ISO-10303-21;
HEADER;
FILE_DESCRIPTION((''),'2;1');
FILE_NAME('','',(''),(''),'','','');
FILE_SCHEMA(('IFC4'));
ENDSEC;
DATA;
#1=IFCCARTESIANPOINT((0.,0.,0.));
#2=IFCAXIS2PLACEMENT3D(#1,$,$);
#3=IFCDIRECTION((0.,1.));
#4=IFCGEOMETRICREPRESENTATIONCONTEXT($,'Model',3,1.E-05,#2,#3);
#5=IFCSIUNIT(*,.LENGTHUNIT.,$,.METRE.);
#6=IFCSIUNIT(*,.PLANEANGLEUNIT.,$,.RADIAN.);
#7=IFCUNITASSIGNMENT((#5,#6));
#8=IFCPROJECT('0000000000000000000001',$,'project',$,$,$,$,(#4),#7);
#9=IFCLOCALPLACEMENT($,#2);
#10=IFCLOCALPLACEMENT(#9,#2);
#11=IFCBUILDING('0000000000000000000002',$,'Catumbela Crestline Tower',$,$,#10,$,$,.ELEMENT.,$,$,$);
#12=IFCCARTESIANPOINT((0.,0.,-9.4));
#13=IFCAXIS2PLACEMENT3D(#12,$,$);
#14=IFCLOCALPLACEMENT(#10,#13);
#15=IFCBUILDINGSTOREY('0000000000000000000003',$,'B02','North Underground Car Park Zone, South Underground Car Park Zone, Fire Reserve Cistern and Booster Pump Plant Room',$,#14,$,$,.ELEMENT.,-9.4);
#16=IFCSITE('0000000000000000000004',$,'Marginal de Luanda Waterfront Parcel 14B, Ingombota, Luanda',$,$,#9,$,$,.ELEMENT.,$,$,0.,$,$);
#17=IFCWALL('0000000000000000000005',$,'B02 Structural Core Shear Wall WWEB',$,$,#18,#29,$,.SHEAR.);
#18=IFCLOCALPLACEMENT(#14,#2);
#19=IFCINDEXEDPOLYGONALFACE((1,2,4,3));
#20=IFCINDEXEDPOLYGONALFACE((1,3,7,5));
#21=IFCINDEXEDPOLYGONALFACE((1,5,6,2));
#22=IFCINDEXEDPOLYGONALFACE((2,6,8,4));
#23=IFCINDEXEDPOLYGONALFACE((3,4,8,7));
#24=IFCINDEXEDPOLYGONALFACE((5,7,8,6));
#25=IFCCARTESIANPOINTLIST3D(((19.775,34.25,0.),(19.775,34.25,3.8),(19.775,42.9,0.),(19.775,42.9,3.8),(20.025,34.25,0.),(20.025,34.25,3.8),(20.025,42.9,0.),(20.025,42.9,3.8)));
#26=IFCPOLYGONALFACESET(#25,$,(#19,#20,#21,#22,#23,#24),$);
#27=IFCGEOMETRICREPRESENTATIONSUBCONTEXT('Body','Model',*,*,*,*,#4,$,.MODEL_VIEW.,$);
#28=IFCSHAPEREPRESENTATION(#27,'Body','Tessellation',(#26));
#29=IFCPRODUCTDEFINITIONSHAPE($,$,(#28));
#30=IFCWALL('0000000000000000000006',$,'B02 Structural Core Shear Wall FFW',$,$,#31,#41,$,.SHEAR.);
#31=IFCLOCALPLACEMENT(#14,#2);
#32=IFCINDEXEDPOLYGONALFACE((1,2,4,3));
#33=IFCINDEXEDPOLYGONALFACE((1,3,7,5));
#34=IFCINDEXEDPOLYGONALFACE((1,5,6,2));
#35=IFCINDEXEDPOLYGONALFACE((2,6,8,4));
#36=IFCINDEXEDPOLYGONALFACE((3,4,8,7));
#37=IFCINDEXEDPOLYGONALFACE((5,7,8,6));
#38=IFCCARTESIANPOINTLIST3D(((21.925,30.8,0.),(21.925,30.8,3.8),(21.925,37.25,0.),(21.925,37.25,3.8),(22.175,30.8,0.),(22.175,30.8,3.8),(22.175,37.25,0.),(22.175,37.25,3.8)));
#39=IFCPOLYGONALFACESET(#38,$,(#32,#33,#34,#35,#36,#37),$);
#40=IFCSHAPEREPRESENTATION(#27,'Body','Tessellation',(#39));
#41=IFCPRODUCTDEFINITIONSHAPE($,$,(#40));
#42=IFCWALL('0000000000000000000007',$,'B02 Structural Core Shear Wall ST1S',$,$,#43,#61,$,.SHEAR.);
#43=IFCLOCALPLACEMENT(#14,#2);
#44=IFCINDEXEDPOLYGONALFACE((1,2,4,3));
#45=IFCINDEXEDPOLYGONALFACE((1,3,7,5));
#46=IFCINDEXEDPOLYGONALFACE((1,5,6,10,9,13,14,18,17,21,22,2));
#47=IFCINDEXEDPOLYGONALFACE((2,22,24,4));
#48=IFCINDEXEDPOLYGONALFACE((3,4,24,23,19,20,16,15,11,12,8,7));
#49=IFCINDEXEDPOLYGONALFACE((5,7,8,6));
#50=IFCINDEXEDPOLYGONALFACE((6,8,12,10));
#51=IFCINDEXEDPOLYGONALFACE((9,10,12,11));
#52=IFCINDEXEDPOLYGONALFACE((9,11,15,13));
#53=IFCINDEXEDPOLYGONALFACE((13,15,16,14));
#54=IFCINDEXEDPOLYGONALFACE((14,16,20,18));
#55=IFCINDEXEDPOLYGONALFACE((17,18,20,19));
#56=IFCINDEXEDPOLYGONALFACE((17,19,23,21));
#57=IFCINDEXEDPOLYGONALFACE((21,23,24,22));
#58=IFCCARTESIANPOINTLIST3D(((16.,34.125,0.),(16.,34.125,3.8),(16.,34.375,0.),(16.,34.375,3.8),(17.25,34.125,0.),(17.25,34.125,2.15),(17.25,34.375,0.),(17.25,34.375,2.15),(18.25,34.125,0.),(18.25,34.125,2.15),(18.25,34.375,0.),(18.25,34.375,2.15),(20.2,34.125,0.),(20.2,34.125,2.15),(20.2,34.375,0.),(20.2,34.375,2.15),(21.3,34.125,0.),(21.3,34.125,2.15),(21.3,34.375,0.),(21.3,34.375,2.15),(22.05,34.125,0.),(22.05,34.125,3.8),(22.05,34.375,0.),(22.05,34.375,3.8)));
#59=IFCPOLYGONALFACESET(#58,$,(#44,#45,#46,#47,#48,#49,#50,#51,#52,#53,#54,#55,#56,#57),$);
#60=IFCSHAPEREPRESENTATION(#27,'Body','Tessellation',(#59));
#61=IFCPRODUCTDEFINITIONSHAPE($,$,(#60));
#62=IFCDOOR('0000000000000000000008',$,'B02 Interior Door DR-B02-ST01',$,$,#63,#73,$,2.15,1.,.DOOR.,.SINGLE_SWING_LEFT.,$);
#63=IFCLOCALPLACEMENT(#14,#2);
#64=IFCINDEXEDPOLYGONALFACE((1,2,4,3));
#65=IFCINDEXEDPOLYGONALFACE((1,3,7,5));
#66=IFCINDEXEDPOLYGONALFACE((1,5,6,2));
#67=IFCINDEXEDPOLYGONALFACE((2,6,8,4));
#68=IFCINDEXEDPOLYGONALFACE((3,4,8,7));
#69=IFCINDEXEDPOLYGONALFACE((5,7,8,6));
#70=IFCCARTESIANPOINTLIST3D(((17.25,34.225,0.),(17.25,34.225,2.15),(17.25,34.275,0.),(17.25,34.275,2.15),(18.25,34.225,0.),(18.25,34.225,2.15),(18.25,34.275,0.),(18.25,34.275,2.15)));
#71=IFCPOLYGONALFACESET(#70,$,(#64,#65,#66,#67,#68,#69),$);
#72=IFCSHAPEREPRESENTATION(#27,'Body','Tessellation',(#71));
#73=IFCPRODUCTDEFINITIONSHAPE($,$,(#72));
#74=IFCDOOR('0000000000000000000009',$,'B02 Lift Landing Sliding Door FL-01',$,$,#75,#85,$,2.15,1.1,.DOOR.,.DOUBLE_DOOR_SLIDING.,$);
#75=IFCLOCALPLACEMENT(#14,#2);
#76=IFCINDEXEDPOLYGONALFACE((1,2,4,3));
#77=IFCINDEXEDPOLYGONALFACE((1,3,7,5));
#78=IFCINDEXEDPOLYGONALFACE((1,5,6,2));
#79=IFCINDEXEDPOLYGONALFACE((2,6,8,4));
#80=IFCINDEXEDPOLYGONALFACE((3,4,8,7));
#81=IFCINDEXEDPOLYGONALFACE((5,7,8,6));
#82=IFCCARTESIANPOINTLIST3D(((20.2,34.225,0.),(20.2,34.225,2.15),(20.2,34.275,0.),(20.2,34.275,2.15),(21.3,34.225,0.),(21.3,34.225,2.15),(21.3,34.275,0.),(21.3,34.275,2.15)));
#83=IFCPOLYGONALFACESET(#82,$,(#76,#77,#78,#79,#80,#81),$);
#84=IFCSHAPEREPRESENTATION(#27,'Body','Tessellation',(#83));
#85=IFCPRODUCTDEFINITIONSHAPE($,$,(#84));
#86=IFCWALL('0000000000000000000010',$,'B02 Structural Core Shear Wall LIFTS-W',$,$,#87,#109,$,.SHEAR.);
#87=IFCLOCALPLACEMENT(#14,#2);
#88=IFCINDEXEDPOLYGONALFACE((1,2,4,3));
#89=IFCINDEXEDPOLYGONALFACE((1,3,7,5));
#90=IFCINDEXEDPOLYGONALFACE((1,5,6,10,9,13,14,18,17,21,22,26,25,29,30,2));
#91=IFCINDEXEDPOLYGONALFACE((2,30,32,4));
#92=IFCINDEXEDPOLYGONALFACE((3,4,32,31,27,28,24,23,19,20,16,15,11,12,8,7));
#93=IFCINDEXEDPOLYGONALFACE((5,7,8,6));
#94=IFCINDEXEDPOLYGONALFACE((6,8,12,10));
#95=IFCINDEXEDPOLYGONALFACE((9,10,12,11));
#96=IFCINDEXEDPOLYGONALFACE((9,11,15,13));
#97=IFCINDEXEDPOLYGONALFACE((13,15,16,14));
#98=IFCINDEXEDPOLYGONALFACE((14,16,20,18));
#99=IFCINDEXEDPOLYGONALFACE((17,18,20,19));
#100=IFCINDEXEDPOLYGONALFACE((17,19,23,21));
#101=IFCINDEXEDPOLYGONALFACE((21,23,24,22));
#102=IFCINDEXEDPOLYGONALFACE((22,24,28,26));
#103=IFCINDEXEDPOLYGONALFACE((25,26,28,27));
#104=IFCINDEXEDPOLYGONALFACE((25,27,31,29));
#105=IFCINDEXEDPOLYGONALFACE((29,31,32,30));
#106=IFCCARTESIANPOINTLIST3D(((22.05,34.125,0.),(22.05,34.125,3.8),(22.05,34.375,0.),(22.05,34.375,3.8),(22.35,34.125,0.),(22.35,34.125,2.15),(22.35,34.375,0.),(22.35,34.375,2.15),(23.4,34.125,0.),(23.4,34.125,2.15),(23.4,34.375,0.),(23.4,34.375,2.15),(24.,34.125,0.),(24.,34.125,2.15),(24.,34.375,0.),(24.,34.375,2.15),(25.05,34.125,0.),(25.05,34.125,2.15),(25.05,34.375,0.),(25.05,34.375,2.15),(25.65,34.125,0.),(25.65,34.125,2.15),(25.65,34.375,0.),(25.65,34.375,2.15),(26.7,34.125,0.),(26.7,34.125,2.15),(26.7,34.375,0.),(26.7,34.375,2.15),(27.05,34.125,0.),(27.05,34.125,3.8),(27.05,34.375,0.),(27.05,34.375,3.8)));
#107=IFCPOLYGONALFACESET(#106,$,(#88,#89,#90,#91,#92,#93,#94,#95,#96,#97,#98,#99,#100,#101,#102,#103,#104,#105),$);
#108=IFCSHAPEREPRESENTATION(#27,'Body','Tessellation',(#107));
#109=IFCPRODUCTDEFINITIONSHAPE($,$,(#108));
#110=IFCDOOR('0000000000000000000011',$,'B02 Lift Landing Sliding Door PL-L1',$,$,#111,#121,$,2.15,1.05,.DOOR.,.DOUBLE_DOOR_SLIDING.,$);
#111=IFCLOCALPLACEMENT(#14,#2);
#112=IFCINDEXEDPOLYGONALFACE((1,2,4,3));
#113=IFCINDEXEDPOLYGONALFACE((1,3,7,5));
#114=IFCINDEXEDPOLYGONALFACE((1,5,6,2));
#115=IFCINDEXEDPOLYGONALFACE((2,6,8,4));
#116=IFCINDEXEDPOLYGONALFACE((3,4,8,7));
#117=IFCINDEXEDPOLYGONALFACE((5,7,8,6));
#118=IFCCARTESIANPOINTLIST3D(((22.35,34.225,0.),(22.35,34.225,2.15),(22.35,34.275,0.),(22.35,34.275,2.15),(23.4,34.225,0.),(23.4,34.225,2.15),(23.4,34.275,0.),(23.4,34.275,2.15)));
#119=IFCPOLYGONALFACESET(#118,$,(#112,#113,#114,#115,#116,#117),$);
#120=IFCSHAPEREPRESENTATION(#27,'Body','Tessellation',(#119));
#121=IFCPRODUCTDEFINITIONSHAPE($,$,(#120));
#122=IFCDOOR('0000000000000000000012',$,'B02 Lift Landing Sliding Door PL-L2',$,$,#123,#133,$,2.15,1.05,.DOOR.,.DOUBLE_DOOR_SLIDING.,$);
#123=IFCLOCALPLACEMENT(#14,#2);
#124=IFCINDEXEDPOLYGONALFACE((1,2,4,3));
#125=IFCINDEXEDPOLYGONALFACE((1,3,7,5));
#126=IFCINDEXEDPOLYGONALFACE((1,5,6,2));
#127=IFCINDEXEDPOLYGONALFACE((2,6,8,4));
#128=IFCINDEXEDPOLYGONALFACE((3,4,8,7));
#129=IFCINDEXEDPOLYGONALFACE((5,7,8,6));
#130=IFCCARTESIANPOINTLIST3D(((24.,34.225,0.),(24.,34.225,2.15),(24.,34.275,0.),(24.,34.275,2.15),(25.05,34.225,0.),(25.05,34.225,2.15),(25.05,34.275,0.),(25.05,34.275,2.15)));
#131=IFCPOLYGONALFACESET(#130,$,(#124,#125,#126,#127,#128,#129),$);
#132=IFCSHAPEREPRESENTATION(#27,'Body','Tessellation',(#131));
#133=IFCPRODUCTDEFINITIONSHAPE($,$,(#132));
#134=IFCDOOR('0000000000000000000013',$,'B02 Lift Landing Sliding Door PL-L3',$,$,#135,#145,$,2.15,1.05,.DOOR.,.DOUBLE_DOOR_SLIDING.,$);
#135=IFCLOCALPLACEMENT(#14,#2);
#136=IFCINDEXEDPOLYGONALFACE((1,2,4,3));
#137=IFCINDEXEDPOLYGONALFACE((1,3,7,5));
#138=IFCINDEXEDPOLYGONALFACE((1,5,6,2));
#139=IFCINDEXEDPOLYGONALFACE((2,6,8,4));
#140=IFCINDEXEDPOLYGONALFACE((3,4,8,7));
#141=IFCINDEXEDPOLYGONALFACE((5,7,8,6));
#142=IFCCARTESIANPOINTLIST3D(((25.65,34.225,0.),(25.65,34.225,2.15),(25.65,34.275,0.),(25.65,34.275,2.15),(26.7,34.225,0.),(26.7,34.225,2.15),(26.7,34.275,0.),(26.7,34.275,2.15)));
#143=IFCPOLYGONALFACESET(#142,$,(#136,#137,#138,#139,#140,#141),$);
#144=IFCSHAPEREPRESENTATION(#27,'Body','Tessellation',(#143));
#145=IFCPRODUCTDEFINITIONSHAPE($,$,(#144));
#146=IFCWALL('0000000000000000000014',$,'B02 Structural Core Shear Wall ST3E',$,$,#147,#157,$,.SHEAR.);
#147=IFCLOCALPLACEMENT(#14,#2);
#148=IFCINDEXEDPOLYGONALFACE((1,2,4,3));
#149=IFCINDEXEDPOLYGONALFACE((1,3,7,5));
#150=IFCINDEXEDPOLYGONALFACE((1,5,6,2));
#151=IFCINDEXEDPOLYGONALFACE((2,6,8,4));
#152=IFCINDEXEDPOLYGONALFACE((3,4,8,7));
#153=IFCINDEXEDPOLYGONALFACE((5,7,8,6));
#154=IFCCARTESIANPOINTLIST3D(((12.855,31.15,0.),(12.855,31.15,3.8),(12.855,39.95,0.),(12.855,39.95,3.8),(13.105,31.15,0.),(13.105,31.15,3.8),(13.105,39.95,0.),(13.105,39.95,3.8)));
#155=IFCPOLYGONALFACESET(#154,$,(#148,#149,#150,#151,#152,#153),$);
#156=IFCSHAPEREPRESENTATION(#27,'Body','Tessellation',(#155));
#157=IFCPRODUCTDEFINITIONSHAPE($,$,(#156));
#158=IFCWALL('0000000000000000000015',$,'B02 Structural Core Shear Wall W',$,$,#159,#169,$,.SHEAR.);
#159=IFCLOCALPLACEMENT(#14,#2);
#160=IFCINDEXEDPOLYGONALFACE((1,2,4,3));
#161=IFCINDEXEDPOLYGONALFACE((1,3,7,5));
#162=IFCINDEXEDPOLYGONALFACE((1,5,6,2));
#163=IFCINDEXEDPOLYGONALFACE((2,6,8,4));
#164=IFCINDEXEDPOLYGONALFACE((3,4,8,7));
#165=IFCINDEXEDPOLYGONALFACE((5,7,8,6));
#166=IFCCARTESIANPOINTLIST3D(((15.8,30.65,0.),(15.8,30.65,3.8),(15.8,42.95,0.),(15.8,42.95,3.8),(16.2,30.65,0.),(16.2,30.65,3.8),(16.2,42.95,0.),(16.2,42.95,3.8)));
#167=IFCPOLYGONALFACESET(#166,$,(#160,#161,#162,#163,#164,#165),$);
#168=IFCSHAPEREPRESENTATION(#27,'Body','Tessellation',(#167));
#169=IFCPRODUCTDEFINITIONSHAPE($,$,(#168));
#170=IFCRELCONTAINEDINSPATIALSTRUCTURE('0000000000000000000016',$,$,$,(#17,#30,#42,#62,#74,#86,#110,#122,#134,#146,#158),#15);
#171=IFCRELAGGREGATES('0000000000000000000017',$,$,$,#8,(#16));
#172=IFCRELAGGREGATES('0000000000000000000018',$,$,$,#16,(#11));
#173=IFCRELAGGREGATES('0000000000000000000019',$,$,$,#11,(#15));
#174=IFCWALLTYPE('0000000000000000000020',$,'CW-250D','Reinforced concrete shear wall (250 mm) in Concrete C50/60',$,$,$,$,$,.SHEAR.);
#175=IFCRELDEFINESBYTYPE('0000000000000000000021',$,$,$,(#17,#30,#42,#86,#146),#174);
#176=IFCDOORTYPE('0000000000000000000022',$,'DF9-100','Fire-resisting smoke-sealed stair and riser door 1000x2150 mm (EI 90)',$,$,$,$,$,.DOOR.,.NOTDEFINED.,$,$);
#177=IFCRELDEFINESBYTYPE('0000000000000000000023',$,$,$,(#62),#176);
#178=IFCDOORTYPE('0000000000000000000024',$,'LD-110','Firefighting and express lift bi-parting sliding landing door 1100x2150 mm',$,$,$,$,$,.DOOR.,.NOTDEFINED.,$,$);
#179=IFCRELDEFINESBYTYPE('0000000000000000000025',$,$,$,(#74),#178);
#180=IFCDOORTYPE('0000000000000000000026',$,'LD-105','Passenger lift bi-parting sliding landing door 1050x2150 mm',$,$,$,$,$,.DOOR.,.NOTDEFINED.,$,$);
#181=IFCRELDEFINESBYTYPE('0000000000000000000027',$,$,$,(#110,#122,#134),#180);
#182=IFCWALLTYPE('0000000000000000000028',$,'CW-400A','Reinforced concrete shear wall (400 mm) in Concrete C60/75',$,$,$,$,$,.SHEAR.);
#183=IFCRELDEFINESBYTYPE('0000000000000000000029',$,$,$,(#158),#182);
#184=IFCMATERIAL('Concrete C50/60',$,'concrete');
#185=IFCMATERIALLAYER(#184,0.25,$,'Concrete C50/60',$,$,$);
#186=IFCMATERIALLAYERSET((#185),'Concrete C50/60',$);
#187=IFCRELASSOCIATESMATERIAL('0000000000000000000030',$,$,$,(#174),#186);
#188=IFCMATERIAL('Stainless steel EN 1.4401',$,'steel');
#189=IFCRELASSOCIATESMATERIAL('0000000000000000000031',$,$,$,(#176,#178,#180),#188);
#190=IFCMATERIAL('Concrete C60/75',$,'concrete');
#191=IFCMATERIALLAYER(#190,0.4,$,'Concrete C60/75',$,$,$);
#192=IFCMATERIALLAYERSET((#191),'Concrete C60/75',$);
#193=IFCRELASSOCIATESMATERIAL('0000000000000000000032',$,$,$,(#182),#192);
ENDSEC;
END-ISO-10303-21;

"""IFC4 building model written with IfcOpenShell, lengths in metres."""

from ifc_helpers import new_model, si_unit, direction, frame, frame_2d, origin, place, context, subcontext, project, spatial, rectangle, extrude, material, layer, layer_set, type_object, element, fill, save


model = new_model("IFC4")

# Units and contexts
model_context = context("Model", 3, precision=1e-05, world=origin(), true_north=direction((0.0, 1.0)))
body_context = subcontext(model_context, "Body", "Model", "MODEL_VIEW")
ifc_project = project(units=[si_unit("LENGTHUNIT", "METRE"), si_unit("PLANEANGLEUNIT", "RADIAN")], contexts=[model_context])

# Site, building, storey
site_placement = place(None, origin())
site = spatial("IfcSite", under=ifc_project, at=site_placement, Name="Marginal de Luanda Waterfront Parcel 14B, Ingombota, Luanda", CompositionType="ELEMENT", RefElevation=0.0)
building_placement = place(site_placement, origin())
building = spatial("IfcBuilding", under=site, at=building_placement, Name="Catumbela Crestline Tower", CompositionType="ELEMENT")
storey_placement = place(building_placement, frame((0.0, 0.0, -9.4)))
storey = spatial("IfcBuildingStorey", under=building, at=storey_placement, Name="B02", Description="North Underground Car Park Zone, South Underground Car Park Zone, Fire Reserve Cistern and Booster Pump Plant Room", CompositionType="ELEMENT", Elevation=-9.4)

# Walls
ifc_material_1 = material(Name="Concrete C50/60", Category="concrete")
ifc_layer_1 = layer(ifc_material_1, 0.25, Name="Concrete C50/60")
ifc_layer_set_1 = layer_set([ifc_layer_1], Name="Concrete C50/60")
wall_type_1 = type_object("IfcWallType", Name="CW-250D", Description="Reinforced concrete shear wall (250 mm) in Concrete C50/60", PredefinedType="SHEAR", material=ifc_layer_set_1)
wall_1_placement = place(storey_placement, frame((19.9, 34.25, 0.0), z_axis=(0.0, 0.0, 1.0), x_axis=(0.0, 1.0, 0.0)))
element("IfcWall", 1, at=wall_1_placement, inside=storey, type_object=wall_type_1, Name="B02 Structural Core Shear Wall WWEB", PredefinedType="SHEAR", context=body_context, shape_type="SweptSolid", body=[
    extrude(rectangle(XDim=8.65, YDim=0.25, at=frame_2d((4.325, 0.0))), origin(), (0.0, 0.0, 1.0), 3.8),
])
wall_2_placement = place(storey_placement, frame((22.05, 30.8, 0.0), z_axis=(0.0, 0.0, 1.0), x_axis=(0.0, 1.0, 0.0)))
element("IfcWall", 2, at=wall_2_placement, inside=storey, type_object=wall_type_1, Name="B02 Structural Core Shear Wall FFW", PredefinedType="SHEAR", context=body_context, shape_type="SweptSolid", body=[
    extrude(rectangle(XDim=6.45, YDim=0.25, at=frame_2d((3.225, 0.0))), origin(), (0.0, 0.0, 1.0), 3.8),
])

# Walls, openings, doors
wall_3_placement = place(storey_placement, frame((16.0, 34.25, 0.0), z_axis=(0.0, 0.0, 1.0), x_axis=(1.0, 0.0, 0.0)))
wall_3 = element("IfcWall", 3, at=wall_3_placement, inside=storey, type_object=wall_type_1, Name="B02 Structural Core Shear Wall ST1S", PredefinedType="SHEAR", context=body_context, shape_type="SweptSolid", body=[
    extrude(rectangle(XDim=6.05, YDim=0.25, at=frame_2d((3.025, 0.0))), origin(), (0.0, 0.0, 1.0), 3.8),
])
opening_1_placement = place(wall_3_placement, frame((1.25, 0.0, 0.0)))
opening_1 = element("IfcOpeningElement", 4, at=opening_1_placement, cuts=wall_3, PredefinedType="OPENING", context=body_context, shape_type="SweptSolid", body=[
    extrude(rectangle(XDim=1.0, YDim=2.15, at=frame_2d((0.5, 1.075))), frame((0.0, 0.135, 0.0), z_axis=(0.0, -1.0, 0.0), x_axis=(1.0, 0.0, 0.0)), (0.0, 0.0, 1.0), 0.27),
])
opening_2_placement = place(wall_3_placement, frame((4.2, 0.0, 0.0)))
opening_2 = element("IfcOpeningElement", 5, at=opening_2_placement, cuts=wall_3, PredefinedType="OPENING", context=body_context, shape_type="SweptSolid", body=[
    extrude(rectangle(XDim=1.1, YDim=2.15, at=frame_2d((0.55, 1.075))), frame((0.0, 0.135, 0.0), z_axis=(0.0, -1.0, 0.0), x_axis=(1.0, 0.0, 0.0)), (0.0, 0.0, 1.0), 0.27),
])
ifc_material_2 = material(Name="Stainless steel EN 1.4401", Category="steel")
door_type_1 = type_object("IfcDoorType", Name="DF9-100", Description="Fire-resisting smoke-sealed stair and riser door 1000x2150 mm (EI 90)", OperationType="NOTDEFINED", PredefinedType="DOOR", material=ifc_material_2)
door_1_placement = place(opening_1_placement, origin())
door_1 = element("IfcDoor", 6, at=door_1_placement, inside=storey, type_object=door_type_1, Name="B02 Interior Door DR-B02-ST01", OperationType="SINGLE_SWING_LEFT", OverallHeight=2.15, OverallWidth=1.0, PredefinedType="DOOR", context=body_context, shape_type="SweptSolid", body=[
    extrude(rectangle(XDim=1.0, YDim=2.15, at=frame_2d((0.5, 1.075))), frame((0.0, 0.025, 0.0), z_axis=(0.0, -1.0, 0.0), x_axis=(1.0, 0.0, 0.0)), (0.0, 0.0, 1.0), 0.05),
])
fill(opening_1, door_1)
door_type_2 = type_object("IfcDoorType", Name="LD-110", Description="Firefighting and express lift bi-parting sliding landing door 1100x2150 mm", OperationType="NOTDEFINED", PredefinedType="DOOR", material=ifc_material_2)
door_2_placement = place(opening_2_placement, origin())
door_2 = element("IfcDoor", 7, at=door_2_placement, inside=storey, type_object=door_type_2, Name="B02 Lift Landing Sliding Door FL-01", OperationType="DOUBLE_DOOR_SLIDING", OverallHeight=2.15, OverallWidth=1.1, PredefinedType="DOOR", context=body_context, shape_type="SweptSolid", body=[
    extrude(rectangle(XDim=1.1, YDim=2.15, at=frame_2d((0.55, 1.075))), frame((0.0, 0.025, 0.0), z_axis=(0.0, -1.0, 0.0), x_axis=(1.0, 0.0, 0.0)), (0.0, 0.0, 1.0), 0.05),
])
fill(opening_2, door_2)
wall_4_placement = place(storey_placement, frame((22.05, 34.25, 0.0), z_axis=(0.0, 0.0, 1.0), x_axis=(1.0, 0.0, 0.0)))
wall_4 = element("IfcWall", 8, at=wall_4_placement, inside=storey, type_object=wall_type_1, Name="B02 Structural Core Shear Wall LIFTS-W", PredefinedType="SHEAR", context=body_context, shape_type="SweptSolid", body=[
    extrude(rectangle(XDim=5.0, YDim=0.25, at=frame_2d((2.5, 0.0))), origin(), (0.0, 0.0, 1.0), 3.8),
])
opening_3_placement = place(wall_4_placement, frame((0.3, 0.0, 0.0)))
opening_3 = element("IfcOpeningElement", 9, at=opening_3_placement, cuts=wall_4, PredefinedType="OPENING", context=body_context, shape_type="SweptSolid", body=[
    extrude(rectangle(XDim=1.05, YDim=2.15, at=frame_2d((0.525, 1.075))), frame((0.0, 0.135, 0.0), z_axis=(0.0, -1.0, 0.0), x_axis=(1.0, 0.0, 0.0)), (0.0, 0.0, 1.0), 0.27),
])
opening_4_placement = place(wall_4_placement, frame((1.95, 0.0, 0.0)))
opening_4 = element("IfcOpeningElement", 10, at=opening_4_placement, cuts=wall_4, PredefinedType="OPENING", context=body_context, shape_type="SweptSolid", body=[
    extrude(rectangle(XDim=1.05, YDim=2.15, at=frame_2d((0.525, 1.075))), frame((0.0, 0.135, 0.0), z_axis=(0.0, -1.0, 0.0), x_axis=(1.0, 0.0, 0.0)), (0.0, 0.0, 1.0), 0.27),
])
opening_5_placement = place(wall_4_placement, frame((3.6, 0.0, 0.0)))
opening_5 = element("IfcOpeningElement", 11, at=opening_5_placement, cuts=wall_4, PredefinedType="OPENING", context=body_context, shape_type="SweptSolid", body=[
    extrude(rectangle(XDim=1.05, YDim=2.15, at=frame_2d((0.525, 1.075))), frame((0.0, 0.135, 0.0), z_axis=(0.0, -1.0, 0.0), x_axis=(1.0, 0.0, 0.0)), (0.0, 0.0, 1.0), 0.27),
])
door_type_3 = type_object("IfcDoorType", Name="LD-105", Description="Passenger lift bi-parting sliding landing door 1050x2150 mm", OperationType="NOTDEFINED", PredefinedType="DOOR", material=ifc_material_2)
door_3_placement = place(opening_3_placement, origin())
door_3 = element("IfcDoor", 12, at=door_3_placement, inside=storey, type_object=door_type_3, Name="B02 Lift Landing Sliding Door PL-L1", OperationType="DOUBLE_DOOR_SLIDING", OverallHeight=2.15, OverallWidth=1.05, PredefinedType="DOOR", context=body_context, shape_type="SweptSolid", body=[
    extrude(rectangle(XDim=1.05, YDim=2.15, at=frame_2d((0.525, 1.075))), frame((0.0, 0.025, 0.0), z_axis=(0.0, -1.0, 0.0), x_axis=(1.0, 0.0, 0.0)), (0.0, 0.0, 1.0), 0.05),
])
fill(opening_3, door_3)
door_4_placement = place(opening_4_placement, origin())
door_4 = element("IfcDoor", 13, at=door_4_placement, inside=storey, type_object=door_type_3, Name="B02 Lift Landing Sliding Door PL-L2", OperationType="DOUBLE_DOOR_SLIDING", OverallHeight=2.15, OverallWidth=1.05, PredefinedType="DOOR", context=body_context, shape_type="SweptSolid", body=[
    extrude(rectangle(XDim=1.05, YDim=2.15, at=frame_2d((0.525, 1.075))), frame((0.0, 0.025, 0.0), z_axis=(0.0, -1.0, 0.0), x_axis=(1.0, 0.0, 0.0)), (0.0, 0.0, 1.0), 0.05),
])
fill(opening_4, door_4)
door_5_placement = place(opening_5_placement, origin())
door_5 = element("IfcDoor", 14, at=door_5_placement, inside=storey, type_object=door_type_3, Name="B02 Lift Landing Sliding Door PL-L3", OperationType="DOUBLE_DOOR_SLIDING", OverallHeight=2.15, OverallWidth=1.05, PredefinedType="DOOR", context=body_context, shape_type="SweptSolid", body=[
    extrude(rectangle(XDim=1.05, YDim=2.15, at=frame_2d((0.525, 1.075))), frame((0.0, 0.025, 0.0), z_axis=(0.0, -1.0, 0.0), x_axis=(1.0, 0.0, 0.0)), (0.0, 0.0, 1.0), 0.05),
])
fill(opening_5, door_5)

# Walls
wall_5_placement = place(storey_placement, frame((12.98, 31.15, 0.0), z_axis=(0.0, 0.0, 1.0), x_axis=(0.0, 1.0, 0.0)))
element("IfcWall", 15, at=wall_5_placement, inside=storey, type_object=wall_type_1, Name="B02 Structural Core Shear Wall ST3E", PredefinedType="SHEAR", context=body_context, shape_type="SweptSolid", body=[
    extrude(rectangle(XDim=8.8, YDim=0.25, at=frame_2d((4.4, 0.0))), origin(), (0.0, 0.0, 1.0), 3.8),
])
ifc_material_3 = material(Name="Concrete C60/75", Category="concrete")
ifc_layer_2 = layer(ifc_material_3, 0.4, Name="Concrete C60/75")
ifc_layer_set_2 = layer_set([ifc_layer_2], Name="Concrete C60/75")
wall_type_2 = type_object("IfcWallType", Name="CW-400A", Description="Reinforced concrete shear wall (400 mm) in Concrete C60/75", PredefinedType="SHEAR", material=ifc_layer_set_2)
wall_6_placement = place(storey_placement, frame((16.0, 30.65, 0.0), z_axis=(0.0, 0.0, 1.0), x_axis=(0.0, 1.0, 0.0)))
element("IfcWall", 16, at=wall_6_placement, inside=storey, type_object=wall_type_2, Name="B02 Structural Core Shear Wall W", PredefinedType="SHEAR", context=body_context, shape_type="SweptSolid", body=[
    extrude(rectangle(XDim=12.3, YDim=0.4, at=frame_2d((6.15, 0.0))), origin(), (0.0, 0.0, 1.0), 3.8),
])

save(model, "model.ifc")
